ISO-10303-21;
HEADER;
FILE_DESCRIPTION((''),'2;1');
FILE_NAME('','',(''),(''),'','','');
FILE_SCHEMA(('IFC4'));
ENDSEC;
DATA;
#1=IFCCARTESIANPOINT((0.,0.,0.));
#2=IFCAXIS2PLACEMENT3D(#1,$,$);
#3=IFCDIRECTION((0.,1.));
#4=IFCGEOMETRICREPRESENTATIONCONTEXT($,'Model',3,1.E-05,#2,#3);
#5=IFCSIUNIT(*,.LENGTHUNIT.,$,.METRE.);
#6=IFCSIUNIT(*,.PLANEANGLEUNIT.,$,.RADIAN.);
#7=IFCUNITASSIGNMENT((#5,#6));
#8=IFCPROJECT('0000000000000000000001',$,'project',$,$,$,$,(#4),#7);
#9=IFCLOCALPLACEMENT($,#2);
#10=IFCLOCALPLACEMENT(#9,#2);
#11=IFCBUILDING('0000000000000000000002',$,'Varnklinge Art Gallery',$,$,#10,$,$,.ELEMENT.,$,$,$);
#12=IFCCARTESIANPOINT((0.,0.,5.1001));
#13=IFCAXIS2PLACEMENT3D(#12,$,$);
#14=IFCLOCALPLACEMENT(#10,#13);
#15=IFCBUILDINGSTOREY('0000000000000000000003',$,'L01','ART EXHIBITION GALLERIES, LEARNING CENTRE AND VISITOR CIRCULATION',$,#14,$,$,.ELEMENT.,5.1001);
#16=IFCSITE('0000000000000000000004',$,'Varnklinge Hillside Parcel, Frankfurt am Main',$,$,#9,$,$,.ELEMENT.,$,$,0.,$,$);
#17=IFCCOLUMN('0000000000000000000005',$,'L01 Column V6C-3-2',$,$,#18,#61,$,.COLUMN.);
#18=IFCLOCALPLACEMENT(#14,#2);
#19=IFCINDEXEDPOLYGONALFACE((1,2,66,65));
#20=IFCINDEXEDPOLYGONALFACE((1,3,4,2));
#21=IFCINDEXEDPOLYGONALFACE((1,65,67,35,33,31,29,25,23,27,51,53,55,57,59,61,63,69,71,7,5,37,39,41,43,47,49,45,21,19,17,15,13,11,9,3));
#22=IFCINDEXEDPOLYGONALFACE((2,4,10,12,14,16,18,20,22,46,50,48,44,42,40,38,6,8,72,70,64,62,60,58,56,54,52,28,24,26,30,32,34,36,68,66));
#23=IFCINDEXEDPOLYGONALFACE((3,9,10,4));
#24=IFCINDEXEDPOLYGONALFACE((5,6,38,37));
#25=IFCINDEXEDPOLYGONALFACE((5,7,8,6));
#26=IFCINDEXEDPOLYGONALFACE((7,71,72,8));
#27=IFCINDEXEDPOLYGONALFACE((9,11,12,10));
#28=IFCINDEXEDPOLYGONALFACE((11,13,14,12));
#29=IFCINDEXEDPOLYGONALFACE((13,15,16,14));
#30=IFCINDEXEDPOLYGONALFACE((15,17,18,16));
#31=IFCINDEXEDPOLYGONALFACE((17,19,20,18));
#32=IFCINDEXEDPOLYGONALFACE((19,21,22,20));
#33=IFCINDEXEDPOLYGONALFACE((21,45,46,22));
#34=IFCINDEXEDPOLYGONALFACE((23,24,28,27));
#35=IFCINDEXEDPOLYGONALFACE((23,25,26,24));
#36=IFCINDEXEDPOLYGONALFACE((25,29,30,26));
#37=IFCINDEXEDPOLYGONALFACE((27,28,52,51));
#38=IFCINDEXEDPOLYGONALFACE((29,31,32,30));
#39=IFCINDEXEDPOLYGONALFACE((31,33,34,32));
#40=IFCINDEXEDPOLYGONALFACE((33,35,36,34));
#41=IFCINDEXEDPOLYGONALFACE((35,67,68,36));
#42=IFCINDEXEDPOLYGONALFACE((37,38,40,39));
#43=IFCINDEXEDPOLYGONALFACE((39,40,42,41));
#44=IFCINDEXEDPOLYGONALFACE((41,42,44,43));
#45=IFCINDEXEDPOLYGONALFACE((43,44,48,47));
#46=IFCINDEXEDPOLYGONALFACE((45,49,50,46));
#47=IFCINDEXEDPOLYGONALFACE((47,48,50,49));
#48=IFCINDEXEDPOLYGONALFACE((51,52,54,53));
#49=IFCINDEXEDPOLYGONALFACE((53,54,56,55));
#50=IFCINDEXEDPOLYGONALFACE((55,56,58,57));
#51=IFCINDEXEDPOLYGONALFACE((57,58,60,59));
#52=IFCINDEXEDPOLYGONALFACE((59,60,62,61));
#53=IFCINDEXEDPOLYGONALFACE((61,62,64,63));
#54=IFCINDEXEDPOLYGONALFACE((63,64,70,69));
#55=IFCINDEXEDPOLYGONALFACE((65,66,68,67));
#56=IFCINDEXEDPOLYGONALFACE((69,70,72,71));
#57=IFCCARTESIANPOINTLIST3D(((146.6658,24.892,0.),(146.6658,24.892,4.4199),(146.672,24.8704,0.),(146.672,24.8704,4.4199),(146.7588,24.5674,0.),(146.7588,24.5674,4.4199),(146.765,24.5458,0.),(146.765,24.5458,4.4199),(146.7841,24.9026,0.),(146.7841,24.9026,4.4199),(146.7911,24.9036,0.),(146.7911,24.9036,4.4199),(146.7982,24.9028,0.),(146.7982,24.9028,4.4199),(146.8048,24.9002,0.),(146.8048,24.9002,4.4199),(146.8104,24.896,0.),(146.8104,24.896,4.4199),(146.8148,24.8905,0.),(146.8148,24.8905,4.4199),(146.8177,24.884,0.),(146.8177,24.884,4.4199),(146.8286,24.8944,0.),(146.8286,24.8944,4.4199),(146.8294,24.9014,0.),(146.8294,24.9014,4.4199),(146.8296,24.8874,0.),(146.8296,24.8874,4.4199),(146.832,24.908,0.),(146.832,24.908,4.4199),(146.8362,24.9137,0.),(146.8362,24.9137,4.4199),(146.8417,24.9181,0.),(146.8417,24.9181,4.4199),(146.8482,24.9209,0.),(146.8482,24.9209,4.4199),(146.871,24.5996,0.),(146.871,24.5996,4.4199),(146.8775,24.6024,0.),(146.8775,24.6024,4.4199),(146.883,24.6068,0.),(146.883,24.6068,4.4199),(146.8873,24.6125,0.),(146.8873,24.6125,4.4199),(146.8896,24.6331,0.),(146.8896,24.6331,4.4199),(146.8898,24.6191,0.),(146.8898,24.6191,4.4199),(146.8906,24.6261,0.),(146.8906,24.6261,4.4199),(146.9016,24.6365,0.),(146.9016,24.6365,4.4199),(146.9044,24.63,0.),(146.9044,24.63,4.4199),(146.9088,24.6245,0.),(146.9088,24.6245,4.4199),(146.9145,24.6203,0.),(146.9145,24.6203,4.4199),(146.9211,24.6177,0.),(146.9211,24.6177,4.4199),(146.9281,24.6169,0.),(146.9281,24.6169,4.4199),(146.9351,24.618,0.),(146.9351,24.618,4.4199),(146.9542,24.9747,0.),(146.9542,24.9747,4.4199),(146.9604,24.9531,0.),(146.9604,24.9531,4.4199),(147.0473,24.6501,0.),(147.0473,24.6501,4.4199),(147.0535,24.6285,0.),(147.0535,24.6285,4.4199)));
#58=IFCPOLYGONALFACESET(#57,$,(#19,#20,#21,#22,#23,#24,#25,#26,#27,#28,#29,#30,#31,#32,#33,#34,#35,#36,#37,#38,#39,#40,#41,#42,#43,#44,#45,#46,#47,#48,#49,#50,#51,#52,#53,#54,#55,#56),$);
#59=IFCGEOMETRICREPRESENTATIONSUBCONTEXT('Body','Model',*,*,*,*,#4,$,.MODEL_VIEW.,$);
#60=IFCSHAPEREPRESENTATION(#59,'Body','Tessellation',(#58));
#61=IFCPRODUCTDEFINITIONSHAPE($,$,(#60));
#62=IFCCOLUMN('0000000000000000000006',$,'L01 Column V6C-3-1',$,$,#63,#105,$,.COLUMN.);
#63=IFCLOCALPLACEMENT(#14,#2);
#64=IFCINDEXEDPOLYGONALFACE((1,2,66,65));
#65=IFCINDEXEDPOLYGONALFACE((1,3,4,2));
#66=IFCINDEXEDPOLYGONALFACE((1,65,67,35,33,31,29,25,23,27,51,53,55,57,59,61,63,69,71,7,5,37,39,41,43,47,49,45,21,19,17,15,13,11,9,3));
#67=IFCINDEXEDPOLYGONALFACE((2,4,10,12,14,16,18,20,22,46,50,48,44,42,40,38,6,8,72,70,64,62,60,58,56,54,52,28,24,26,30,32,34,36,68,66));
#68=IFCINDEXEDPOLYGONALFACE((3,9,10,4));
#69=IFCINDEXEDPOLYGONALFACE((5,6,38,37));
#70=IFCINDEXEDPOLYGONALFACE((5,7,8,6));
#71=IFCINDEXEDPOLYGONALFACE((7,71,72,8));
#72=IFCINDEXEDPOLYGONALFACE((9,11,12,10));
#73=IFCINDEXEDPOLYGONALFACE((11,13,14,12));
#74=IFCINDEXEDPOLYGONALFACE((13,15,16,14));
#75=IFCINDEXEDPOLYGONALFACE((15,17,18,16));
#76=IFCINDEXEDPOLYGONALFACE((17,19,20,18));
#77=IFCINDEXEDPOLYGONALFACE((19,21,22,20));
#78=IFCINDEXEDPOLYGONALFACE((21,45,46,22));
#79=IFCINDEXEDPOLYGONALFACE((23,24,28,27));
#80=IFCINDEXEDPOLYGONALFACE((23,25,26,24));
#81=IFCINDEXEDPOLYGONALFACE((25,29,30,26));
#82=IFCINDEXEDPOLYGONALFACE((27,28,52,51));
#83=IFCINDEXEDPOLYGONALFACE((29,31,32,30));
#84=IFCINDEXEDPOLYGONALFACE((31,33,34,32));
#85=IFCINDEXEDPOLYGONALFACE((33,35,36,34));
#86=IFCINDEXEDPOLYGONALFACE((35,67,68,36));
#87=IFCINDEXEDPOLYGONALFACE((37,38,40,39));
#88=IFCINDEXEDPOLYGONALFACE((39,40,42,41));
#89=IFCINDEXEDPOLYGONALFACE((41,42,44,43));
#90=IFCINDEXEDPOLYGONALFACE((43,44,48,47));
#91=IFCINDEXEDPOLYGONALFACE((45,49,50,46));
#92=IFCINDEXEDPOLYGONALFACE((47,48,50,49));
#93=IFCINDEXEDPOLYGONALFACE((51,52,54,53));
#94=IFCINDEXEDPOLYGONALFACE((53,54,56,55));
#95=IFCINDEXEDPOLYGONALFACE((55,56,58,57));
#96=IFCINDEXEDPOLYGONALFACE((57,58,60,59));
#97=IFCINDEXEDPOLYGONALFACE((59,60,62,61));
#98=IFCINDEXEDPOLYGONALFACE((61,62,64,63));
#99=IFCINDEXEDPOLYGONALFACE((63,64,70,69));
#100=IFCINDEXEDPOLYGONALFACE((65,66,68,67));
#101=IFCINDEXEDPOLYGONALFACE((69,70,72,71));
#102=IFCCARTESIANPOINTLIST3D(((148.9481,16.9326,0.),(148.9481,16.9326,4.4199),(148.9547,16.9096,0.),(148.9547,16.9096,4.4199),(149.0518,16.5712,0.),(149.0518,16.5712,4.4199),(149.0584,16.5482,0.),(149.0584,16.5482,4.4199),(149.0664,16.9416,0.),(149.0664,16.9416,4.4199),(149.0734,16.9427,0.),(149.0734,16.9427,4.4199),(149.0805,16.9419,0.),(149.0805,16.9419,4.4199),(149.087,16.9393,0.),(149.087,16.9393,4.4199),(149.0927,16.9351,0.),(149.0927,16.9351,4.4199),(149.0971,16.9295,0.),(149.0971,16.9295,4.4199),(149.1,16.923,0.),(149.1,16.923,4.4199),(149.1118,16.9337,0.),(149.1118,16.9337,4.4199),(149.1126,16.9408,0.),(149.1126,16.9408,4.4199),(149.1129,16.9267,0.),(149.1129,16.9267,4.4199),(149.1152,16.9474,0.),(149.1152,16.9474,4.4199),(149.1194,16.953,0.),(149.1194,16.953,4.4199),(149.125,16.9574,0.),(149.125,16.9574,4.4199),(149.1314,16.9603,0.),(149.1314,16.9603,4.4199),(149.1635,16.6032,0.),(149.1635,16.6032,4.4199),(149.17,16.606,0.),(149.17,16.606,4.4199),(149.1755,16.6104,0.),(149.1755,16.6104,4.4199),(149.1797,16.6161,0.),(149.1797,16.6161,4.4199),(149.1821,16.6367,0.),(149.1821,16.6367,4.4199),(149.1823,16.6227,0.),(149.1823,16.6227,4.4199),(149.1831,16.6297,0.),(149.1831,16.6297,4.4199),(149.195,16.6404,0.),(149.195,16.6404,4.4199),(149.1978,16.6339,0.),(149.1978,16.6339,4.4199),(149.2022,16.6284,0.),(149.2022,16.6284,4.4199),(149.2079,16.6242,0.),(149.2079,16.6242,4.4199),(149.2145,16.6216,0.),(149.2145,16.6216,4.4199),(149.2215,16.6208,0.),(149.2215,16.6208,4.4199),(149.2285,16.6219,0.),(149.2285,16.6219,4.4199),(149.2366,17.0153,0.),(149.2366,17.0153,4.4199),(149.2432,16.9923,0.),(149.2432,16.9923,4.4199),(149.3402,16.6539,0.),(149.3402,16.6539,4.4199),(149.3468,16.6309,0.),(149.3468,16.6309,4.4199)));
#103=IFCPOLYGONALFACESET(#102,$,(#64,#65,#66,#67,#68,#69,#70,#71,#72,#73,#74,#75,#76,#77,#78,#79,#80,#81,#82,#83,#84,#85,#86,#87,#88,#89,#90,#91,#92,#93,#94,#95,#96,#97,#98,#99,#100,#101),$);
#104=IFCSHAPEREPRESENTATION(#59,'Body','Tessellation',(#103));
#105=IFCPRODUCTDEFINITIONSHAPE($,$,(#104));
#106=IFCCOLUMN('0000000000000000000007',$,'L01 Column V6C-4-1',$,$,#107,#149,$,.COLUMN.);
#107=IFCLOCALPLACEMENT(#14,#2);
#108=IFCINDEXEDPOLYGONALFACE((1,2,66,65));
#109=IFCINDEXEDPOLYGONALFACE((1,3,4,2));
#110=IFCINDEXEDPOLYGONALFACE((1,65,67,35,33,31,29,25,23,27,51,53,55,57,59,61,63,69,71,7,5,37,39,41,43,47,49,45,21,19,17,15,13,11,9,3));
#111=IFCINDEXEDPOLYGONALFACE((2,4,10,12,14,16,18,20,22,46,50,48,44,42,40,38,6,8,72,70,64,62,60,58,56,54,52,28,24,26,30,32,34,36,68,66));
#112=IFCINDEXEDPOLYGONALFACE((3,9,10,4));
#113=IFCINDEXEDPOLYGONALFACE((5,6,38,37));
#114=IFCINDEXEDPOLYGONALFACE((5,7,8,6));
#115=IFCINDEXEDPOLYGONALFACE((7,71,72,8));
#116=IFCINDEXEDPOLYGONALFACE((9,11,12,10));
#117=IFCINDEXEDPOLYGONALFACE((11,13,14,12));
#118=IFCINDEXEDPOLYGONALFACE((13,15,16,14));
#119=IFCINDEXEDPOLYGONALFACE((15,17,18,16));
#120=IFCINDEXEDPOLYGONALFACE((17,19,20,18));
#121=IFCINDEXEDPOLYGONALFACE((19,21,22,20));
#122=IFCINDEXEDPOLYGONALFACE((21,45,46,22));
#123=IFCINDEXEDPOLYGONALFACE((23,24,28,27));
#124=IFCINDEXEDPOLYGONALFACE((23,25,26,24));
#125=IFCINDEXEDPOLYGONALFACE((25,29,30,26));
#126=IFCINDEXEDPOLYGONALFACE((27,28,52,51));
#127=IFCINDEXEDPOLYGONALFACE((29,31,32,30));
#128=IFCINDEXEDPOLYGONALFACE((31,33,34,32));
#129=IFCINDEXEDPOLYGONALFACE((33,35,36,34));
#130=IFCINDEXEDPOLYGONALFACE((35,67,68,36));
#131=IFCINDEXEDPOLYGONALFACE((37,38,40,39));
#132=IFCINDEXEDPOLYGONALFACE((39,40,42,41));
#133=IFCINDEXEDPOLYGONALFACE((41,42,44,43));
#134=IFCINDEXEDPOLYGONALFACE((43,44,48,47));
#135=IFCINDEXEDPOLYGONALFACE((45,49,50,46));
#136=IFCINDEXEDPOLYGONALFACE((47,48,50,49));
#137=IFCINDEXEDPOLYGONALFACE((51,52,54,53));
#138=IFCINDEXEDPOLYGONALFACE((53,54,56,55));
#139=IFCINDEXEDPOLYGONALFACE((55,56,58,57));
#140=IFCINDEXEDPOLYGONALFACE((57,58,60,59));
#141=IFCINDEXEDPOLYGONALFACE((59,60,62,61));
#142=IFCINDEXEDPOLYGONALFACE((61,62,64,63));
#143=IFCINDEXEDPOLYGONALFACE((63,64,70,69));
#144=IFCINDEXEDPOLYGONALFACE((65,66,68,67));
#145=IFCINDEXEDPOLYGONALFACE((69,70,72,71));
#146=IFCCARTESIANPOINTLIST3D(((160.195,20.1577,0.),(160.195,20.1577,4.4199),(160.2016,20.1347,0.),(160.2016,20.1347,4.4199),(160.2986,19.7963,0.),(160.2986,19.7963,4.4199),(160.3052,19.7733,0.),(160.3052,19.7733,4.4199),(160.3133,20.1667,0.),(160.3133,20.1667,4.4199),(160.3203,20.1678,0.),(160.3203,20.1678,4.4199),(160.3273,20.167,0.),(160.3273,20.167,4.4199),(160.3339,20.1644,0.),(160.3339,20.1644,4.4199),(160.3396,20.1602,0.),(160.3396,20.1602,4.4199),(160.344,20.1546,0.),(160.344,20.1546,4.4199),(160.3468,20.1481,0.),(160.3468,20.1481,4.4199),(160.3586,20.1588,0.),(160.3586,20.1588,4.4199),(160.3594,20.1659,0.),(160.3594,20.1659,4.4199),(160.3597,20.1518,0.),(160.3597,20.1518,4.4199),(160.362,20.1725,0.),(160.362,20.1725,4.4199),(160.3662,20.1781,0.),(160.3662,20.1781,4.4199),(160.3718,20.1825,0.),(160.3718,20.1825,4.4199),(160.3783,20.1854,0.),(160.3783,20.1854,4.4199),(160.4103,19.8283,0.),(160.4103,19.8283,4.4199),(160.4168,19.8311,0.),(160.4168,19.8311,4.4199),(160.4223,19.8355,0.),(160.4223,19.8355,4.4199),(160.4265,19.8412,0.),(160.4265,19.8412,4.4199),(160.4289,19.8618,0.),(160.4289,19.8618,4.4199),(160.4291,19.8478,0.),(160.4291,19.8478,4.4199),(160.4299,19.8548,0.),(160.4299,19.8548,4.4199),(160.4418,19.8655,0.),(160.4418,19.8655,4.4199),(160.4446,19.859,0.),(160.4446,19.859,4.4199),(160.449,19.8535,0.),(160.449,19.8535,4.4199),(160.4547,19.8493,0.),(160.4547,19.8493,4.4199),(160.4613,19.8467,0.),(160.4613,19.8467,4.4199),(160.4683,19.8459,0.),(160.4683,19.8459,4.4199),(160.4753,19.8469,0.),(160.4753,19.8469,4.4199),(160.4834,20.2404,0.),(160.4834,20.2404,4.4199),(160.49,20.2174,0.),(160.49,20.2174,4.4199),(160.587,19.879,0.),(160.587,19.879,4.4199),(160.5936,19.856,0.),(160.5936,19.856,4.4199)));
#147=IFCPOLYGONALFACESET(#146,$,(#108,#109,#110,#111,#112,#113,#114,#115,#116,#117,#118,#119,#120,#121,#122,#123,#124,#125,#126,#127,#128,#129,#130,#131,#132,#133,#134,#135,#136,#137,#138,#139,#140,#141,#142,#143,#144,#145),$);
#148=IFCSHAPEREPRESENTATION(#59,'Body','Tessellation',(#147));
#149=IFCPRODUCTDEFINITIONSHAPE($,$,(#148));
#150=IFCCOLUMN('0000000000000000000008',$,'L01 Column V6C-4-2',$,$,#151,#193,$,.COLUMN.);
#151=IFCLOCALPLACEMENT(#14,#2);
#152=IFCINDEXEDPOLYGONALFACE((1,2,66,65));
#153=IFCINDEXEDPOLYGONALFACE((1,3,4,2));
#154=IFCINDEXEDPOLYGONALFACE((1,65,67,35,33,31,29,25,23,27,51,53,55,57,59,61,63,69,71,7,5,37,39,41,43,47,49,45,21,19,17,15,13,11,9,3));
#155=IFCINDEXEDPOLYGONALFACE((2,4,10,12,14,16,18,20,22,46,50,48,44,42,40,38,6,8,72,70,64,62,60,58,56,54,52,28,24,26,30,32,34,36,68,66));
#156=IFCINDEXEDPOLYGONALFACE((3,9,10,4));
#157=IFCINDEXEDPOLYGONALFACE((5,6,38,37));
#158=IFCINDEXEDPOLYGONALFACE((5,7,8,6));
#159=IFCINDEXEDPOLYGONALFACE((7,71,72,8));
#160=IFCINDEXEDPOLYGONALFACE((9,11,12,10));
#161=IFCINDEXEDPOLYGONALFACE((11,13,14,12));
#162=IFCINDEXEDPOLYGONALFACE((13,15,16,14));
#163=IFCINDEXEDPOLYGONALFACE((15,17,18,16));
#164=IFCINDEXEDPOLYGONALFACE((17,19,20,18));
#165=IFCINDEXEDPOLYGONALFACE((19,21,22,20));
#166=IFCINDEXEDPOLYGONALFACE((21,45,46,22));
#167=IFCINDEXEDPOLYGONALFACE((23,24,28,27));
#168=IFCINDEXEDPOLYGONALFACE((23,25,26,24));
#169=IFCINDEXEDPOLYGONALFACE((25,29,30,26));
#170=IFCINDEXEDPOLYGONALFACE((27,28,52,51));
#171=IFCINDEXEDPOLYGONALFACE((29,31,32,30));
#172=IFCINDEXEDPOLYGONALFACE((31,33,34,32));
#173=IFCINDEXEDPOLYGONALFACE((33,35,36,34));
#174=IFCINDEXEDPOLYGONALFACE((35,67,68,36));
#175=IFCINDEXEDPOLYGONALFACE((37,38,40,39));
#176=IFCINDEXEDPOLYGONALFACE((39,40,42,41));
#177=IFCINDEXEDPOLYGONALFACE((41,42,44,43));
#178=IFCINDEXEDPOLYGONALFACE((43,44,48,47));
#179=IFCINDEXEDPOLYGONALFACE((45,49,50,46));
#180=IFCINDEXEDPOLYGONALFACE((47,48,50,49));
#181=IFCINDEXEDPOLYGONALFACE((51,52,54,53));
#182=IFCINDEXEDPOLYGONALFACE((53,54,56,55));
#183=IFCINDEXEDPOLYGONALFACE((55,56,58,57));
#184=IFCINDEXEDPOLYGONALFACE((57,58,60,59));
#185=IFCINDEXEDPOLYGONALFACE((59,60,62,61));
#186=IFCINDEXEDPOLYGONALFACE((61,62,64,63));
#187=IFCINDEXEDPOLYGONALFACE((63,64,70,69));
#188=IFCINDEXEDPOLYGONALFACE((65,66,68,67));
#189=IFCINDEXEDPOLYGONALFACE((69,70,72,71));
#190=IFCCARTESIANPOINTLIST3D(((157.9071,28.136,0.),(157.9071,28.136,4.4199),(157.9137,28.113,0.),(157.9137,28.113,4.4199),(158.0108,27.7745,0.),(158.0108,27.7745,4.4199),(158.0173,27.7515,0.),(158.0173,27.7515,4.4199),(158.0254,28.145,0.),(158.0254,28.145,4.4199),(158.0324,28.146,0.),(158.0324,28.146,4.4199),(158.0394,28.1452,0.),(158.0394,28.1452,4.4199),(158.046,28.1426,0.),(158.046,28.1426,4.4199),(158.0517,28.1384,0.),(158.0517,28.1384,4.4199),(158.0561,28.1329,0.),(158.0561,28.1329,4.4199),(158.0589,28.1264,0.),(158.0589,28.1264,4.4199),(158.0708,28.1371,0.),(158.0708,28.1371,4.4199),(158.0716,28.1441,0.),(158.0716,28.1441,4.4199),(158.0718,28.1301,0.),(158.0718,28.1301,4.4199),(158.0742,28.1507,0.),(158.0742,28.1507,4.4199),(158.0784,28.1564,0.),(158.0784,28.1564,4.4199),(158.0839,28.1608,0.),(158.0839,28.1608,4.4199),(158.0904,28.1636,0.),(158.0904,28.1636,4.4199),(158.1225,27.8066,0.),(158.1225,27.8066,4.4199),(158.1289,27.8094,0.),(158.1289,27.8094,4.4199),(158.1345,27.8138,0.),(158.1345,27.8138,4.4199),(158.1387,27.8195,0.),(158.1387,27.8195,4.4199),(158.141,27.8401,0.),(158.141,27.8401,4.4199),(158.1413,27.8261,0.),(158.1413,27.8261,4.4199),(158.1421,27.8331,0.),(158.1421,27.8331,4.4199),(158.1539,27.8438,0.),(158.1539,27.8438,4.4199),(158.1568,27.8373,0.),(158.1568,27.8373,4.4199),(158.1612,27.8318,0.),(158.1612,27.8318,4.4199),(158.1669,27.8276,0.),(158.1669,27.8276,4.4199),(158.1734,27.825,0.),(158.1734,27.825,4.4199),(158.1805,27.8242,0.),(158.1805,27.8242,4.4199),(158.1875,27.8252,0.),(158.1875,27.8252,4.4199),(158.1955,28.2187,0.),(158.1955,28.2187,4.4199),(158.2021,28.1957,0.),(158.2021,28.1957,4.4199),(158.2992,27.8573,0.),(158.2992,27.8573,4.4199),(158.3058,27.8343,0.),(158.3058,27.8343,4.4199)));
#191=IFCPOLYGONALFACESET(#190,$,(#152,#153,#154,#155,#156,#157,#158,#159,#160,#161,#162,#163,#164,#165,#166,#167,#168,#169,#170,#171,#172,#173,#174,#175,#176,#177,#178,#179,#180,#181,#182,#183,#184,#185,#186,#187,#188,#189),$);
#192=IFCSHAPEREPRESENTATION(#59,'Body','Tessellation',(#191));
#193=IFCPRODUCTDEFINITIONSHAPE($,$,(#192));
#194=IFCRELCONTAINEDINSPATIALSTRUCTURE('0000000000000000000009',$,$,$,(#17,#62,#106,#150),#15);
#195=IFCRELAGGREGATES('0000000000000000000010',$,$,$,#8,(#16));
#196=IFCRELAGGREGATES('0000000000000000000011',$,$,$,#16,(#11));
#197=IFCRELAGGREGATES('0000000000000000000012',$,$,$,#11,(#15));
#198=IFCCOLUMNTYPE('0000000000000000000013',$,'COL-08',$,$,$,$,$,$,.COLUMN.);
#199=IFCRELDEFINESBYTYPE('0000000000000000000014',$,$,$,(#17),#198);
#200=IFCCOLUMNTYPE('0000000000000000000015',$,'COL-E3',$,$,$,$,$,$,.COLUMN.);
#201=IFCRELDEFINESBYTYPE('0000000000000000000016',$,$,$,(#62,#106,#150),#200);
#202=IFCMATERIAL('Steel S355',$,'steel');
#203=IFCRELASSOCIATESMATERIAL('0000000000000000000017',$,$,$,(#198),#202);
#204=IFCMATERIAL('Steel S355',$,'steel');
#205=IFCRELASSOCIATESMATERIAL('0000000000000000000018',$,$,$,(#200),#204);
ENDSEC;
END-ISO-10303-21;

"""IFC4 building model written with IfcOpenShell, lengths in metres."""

from ifc_helpers import new_model, si_unit, direction, frame, origin, origin_2d, place, context, subcontext, project, spatial, i_section, extrude, material, material_profile, profile_set, type_object, element, save


model = new_model("IFC4")

# Units and contexts
model_context = context("Model", 3, precision=1e-05, world=origin(), true_north=direction((0.0, 1.0)))
body_context = subcontext(model_context, "Body", "Model", "MODEL_VIEW")
ifc_project = project(units=[si_unit("LENGTHUNIT", "METRE"), si_unit("PLANEANGLEUNIT", "RADIAN")], contexts=[model_context])

# Site, building, storey
site_placement = place(None, origin())
site = spatial("IfcSite", under=ifc_project, at=site_placement, Name="Varnklinge Hillside Parcel, Frankfurt am Main", CompositionType="ELEMENT", RefElevation=0.0)
building_placement = place(site_placement, origin())
building = spatial("IfcBuilding", under=site, at=building_placement, Name="Varnklinge Art Gallery", CompositionType="ELEMENT")
storey_placement = place(building_placement, frame((0.0, 0.0, 5.1001)))
storey = spatial("IfcBuildingStorey", under=building, at=storey_placement, Name="L01", Description="ART EXHIBITION GALLERIES, LEARNING CENTRE AND VISITOR CIRCULATION", CompositionType="ELEMENT", Elevation=5.1001)

# Columns
ifc_material_1 = material(Name="Steel S355", Category="steel")
ifc_material_profile_1 = material_profile(ifc_material_1, i_section(OverallWidth=0.3, OverallDepth=0.3601, WebThickness=0.0125, FlangeThickness=0.0225, FilletRadius=0.0271, at=origin_2d()), Name="HEB 360")
ifc_profile_set_1 = profile_set([ifc_material_profile_1], Name="Steel S355")
column_type_1 = type_object("IfcColumnType", Name="COL-08", PredefinedType="COLUMN", material=ifc_profile_set_1)
column_placement = place(storey_placement, frame((146.8596, 24.7603, 0.0), z_axis=(0.0, 0.0, 1.0), x_axis=(0.961262, 0.275637, 0.0)))
element("IfcColumn", 1, at=column_placement, inside=storey, type_object=column_type_1, Name="L01 Column V6C-3-2", PredefinedType="COLUMN", context=body_context, shape_type="SweptSolid", body=[
    extrude(i_section(OverallWidth=0.3, OverallDepth=0.3601, WebThickness=0.0125, FlangeThickness=0.0225, FilletRadius=0.0271, at=origin_2d()), origin(), (0.0, 0.0, 1.0), 4.4199),
])
ifc_material_2 = material(Name="Steel S355", Category="steel")
ifc_material_profile_2 = material_profile(ifc_material_2, i_section(OverallWidth=0.3, OverallDepth=0.3999, WebThickness=0.0134, FlangeThickness=0.0239, FilletRadius=0.0271, at=origin_2d()), Name="HEB 400")
ifc_profile_set_2 = profile_set([ifc_material_profile_2], Name="Steel S355")
column_type_2 = type_object("IfcColumnType", Name="COL-E3", PredefinedType="COLUMN", material=ifc_profile_set_2)
for number, where, z_axis, x_axis, name in (
    (2, (149.1475, 16.7817, 0.0), (0.0, 0.0, 1.0), (0.961262, 0.275637, 0.0), "L01 Column V6C-3-1"),
    (3, (160.3943, 20.0068, 0.0), (0.0, 0.0, 1.0), (0.961262, 0.275637, 0.0), "L01 Column V6C-4-1"),
    (4, (158.1064, 27.9851, 0.0), (0.0, 0.0, 1.0), (0.961262, 0.275637, 0.0), "L01 Column V6C-4-2"),
):
    element("IfcColumn", number, at=place(storey_placement, frame(where, z_axis=z_axis, x_axis=x_axis)), inside=storey, type_object=column_type_2, Name=name, PredefinedType="COLUMN", context=body_context, shape_type="SweptSolid", body=[
        extrude(i_section(OverallWidth=0.3, OverallDepth=0.3999, WebThickness=0.0134, FlangeThickness=0.0239, FilletRadius=0.0271, at=origin_2d()), origin(), (0.0, 0.0, 1.0), 4.4199),
    ])

save(model, "model.ifc")
